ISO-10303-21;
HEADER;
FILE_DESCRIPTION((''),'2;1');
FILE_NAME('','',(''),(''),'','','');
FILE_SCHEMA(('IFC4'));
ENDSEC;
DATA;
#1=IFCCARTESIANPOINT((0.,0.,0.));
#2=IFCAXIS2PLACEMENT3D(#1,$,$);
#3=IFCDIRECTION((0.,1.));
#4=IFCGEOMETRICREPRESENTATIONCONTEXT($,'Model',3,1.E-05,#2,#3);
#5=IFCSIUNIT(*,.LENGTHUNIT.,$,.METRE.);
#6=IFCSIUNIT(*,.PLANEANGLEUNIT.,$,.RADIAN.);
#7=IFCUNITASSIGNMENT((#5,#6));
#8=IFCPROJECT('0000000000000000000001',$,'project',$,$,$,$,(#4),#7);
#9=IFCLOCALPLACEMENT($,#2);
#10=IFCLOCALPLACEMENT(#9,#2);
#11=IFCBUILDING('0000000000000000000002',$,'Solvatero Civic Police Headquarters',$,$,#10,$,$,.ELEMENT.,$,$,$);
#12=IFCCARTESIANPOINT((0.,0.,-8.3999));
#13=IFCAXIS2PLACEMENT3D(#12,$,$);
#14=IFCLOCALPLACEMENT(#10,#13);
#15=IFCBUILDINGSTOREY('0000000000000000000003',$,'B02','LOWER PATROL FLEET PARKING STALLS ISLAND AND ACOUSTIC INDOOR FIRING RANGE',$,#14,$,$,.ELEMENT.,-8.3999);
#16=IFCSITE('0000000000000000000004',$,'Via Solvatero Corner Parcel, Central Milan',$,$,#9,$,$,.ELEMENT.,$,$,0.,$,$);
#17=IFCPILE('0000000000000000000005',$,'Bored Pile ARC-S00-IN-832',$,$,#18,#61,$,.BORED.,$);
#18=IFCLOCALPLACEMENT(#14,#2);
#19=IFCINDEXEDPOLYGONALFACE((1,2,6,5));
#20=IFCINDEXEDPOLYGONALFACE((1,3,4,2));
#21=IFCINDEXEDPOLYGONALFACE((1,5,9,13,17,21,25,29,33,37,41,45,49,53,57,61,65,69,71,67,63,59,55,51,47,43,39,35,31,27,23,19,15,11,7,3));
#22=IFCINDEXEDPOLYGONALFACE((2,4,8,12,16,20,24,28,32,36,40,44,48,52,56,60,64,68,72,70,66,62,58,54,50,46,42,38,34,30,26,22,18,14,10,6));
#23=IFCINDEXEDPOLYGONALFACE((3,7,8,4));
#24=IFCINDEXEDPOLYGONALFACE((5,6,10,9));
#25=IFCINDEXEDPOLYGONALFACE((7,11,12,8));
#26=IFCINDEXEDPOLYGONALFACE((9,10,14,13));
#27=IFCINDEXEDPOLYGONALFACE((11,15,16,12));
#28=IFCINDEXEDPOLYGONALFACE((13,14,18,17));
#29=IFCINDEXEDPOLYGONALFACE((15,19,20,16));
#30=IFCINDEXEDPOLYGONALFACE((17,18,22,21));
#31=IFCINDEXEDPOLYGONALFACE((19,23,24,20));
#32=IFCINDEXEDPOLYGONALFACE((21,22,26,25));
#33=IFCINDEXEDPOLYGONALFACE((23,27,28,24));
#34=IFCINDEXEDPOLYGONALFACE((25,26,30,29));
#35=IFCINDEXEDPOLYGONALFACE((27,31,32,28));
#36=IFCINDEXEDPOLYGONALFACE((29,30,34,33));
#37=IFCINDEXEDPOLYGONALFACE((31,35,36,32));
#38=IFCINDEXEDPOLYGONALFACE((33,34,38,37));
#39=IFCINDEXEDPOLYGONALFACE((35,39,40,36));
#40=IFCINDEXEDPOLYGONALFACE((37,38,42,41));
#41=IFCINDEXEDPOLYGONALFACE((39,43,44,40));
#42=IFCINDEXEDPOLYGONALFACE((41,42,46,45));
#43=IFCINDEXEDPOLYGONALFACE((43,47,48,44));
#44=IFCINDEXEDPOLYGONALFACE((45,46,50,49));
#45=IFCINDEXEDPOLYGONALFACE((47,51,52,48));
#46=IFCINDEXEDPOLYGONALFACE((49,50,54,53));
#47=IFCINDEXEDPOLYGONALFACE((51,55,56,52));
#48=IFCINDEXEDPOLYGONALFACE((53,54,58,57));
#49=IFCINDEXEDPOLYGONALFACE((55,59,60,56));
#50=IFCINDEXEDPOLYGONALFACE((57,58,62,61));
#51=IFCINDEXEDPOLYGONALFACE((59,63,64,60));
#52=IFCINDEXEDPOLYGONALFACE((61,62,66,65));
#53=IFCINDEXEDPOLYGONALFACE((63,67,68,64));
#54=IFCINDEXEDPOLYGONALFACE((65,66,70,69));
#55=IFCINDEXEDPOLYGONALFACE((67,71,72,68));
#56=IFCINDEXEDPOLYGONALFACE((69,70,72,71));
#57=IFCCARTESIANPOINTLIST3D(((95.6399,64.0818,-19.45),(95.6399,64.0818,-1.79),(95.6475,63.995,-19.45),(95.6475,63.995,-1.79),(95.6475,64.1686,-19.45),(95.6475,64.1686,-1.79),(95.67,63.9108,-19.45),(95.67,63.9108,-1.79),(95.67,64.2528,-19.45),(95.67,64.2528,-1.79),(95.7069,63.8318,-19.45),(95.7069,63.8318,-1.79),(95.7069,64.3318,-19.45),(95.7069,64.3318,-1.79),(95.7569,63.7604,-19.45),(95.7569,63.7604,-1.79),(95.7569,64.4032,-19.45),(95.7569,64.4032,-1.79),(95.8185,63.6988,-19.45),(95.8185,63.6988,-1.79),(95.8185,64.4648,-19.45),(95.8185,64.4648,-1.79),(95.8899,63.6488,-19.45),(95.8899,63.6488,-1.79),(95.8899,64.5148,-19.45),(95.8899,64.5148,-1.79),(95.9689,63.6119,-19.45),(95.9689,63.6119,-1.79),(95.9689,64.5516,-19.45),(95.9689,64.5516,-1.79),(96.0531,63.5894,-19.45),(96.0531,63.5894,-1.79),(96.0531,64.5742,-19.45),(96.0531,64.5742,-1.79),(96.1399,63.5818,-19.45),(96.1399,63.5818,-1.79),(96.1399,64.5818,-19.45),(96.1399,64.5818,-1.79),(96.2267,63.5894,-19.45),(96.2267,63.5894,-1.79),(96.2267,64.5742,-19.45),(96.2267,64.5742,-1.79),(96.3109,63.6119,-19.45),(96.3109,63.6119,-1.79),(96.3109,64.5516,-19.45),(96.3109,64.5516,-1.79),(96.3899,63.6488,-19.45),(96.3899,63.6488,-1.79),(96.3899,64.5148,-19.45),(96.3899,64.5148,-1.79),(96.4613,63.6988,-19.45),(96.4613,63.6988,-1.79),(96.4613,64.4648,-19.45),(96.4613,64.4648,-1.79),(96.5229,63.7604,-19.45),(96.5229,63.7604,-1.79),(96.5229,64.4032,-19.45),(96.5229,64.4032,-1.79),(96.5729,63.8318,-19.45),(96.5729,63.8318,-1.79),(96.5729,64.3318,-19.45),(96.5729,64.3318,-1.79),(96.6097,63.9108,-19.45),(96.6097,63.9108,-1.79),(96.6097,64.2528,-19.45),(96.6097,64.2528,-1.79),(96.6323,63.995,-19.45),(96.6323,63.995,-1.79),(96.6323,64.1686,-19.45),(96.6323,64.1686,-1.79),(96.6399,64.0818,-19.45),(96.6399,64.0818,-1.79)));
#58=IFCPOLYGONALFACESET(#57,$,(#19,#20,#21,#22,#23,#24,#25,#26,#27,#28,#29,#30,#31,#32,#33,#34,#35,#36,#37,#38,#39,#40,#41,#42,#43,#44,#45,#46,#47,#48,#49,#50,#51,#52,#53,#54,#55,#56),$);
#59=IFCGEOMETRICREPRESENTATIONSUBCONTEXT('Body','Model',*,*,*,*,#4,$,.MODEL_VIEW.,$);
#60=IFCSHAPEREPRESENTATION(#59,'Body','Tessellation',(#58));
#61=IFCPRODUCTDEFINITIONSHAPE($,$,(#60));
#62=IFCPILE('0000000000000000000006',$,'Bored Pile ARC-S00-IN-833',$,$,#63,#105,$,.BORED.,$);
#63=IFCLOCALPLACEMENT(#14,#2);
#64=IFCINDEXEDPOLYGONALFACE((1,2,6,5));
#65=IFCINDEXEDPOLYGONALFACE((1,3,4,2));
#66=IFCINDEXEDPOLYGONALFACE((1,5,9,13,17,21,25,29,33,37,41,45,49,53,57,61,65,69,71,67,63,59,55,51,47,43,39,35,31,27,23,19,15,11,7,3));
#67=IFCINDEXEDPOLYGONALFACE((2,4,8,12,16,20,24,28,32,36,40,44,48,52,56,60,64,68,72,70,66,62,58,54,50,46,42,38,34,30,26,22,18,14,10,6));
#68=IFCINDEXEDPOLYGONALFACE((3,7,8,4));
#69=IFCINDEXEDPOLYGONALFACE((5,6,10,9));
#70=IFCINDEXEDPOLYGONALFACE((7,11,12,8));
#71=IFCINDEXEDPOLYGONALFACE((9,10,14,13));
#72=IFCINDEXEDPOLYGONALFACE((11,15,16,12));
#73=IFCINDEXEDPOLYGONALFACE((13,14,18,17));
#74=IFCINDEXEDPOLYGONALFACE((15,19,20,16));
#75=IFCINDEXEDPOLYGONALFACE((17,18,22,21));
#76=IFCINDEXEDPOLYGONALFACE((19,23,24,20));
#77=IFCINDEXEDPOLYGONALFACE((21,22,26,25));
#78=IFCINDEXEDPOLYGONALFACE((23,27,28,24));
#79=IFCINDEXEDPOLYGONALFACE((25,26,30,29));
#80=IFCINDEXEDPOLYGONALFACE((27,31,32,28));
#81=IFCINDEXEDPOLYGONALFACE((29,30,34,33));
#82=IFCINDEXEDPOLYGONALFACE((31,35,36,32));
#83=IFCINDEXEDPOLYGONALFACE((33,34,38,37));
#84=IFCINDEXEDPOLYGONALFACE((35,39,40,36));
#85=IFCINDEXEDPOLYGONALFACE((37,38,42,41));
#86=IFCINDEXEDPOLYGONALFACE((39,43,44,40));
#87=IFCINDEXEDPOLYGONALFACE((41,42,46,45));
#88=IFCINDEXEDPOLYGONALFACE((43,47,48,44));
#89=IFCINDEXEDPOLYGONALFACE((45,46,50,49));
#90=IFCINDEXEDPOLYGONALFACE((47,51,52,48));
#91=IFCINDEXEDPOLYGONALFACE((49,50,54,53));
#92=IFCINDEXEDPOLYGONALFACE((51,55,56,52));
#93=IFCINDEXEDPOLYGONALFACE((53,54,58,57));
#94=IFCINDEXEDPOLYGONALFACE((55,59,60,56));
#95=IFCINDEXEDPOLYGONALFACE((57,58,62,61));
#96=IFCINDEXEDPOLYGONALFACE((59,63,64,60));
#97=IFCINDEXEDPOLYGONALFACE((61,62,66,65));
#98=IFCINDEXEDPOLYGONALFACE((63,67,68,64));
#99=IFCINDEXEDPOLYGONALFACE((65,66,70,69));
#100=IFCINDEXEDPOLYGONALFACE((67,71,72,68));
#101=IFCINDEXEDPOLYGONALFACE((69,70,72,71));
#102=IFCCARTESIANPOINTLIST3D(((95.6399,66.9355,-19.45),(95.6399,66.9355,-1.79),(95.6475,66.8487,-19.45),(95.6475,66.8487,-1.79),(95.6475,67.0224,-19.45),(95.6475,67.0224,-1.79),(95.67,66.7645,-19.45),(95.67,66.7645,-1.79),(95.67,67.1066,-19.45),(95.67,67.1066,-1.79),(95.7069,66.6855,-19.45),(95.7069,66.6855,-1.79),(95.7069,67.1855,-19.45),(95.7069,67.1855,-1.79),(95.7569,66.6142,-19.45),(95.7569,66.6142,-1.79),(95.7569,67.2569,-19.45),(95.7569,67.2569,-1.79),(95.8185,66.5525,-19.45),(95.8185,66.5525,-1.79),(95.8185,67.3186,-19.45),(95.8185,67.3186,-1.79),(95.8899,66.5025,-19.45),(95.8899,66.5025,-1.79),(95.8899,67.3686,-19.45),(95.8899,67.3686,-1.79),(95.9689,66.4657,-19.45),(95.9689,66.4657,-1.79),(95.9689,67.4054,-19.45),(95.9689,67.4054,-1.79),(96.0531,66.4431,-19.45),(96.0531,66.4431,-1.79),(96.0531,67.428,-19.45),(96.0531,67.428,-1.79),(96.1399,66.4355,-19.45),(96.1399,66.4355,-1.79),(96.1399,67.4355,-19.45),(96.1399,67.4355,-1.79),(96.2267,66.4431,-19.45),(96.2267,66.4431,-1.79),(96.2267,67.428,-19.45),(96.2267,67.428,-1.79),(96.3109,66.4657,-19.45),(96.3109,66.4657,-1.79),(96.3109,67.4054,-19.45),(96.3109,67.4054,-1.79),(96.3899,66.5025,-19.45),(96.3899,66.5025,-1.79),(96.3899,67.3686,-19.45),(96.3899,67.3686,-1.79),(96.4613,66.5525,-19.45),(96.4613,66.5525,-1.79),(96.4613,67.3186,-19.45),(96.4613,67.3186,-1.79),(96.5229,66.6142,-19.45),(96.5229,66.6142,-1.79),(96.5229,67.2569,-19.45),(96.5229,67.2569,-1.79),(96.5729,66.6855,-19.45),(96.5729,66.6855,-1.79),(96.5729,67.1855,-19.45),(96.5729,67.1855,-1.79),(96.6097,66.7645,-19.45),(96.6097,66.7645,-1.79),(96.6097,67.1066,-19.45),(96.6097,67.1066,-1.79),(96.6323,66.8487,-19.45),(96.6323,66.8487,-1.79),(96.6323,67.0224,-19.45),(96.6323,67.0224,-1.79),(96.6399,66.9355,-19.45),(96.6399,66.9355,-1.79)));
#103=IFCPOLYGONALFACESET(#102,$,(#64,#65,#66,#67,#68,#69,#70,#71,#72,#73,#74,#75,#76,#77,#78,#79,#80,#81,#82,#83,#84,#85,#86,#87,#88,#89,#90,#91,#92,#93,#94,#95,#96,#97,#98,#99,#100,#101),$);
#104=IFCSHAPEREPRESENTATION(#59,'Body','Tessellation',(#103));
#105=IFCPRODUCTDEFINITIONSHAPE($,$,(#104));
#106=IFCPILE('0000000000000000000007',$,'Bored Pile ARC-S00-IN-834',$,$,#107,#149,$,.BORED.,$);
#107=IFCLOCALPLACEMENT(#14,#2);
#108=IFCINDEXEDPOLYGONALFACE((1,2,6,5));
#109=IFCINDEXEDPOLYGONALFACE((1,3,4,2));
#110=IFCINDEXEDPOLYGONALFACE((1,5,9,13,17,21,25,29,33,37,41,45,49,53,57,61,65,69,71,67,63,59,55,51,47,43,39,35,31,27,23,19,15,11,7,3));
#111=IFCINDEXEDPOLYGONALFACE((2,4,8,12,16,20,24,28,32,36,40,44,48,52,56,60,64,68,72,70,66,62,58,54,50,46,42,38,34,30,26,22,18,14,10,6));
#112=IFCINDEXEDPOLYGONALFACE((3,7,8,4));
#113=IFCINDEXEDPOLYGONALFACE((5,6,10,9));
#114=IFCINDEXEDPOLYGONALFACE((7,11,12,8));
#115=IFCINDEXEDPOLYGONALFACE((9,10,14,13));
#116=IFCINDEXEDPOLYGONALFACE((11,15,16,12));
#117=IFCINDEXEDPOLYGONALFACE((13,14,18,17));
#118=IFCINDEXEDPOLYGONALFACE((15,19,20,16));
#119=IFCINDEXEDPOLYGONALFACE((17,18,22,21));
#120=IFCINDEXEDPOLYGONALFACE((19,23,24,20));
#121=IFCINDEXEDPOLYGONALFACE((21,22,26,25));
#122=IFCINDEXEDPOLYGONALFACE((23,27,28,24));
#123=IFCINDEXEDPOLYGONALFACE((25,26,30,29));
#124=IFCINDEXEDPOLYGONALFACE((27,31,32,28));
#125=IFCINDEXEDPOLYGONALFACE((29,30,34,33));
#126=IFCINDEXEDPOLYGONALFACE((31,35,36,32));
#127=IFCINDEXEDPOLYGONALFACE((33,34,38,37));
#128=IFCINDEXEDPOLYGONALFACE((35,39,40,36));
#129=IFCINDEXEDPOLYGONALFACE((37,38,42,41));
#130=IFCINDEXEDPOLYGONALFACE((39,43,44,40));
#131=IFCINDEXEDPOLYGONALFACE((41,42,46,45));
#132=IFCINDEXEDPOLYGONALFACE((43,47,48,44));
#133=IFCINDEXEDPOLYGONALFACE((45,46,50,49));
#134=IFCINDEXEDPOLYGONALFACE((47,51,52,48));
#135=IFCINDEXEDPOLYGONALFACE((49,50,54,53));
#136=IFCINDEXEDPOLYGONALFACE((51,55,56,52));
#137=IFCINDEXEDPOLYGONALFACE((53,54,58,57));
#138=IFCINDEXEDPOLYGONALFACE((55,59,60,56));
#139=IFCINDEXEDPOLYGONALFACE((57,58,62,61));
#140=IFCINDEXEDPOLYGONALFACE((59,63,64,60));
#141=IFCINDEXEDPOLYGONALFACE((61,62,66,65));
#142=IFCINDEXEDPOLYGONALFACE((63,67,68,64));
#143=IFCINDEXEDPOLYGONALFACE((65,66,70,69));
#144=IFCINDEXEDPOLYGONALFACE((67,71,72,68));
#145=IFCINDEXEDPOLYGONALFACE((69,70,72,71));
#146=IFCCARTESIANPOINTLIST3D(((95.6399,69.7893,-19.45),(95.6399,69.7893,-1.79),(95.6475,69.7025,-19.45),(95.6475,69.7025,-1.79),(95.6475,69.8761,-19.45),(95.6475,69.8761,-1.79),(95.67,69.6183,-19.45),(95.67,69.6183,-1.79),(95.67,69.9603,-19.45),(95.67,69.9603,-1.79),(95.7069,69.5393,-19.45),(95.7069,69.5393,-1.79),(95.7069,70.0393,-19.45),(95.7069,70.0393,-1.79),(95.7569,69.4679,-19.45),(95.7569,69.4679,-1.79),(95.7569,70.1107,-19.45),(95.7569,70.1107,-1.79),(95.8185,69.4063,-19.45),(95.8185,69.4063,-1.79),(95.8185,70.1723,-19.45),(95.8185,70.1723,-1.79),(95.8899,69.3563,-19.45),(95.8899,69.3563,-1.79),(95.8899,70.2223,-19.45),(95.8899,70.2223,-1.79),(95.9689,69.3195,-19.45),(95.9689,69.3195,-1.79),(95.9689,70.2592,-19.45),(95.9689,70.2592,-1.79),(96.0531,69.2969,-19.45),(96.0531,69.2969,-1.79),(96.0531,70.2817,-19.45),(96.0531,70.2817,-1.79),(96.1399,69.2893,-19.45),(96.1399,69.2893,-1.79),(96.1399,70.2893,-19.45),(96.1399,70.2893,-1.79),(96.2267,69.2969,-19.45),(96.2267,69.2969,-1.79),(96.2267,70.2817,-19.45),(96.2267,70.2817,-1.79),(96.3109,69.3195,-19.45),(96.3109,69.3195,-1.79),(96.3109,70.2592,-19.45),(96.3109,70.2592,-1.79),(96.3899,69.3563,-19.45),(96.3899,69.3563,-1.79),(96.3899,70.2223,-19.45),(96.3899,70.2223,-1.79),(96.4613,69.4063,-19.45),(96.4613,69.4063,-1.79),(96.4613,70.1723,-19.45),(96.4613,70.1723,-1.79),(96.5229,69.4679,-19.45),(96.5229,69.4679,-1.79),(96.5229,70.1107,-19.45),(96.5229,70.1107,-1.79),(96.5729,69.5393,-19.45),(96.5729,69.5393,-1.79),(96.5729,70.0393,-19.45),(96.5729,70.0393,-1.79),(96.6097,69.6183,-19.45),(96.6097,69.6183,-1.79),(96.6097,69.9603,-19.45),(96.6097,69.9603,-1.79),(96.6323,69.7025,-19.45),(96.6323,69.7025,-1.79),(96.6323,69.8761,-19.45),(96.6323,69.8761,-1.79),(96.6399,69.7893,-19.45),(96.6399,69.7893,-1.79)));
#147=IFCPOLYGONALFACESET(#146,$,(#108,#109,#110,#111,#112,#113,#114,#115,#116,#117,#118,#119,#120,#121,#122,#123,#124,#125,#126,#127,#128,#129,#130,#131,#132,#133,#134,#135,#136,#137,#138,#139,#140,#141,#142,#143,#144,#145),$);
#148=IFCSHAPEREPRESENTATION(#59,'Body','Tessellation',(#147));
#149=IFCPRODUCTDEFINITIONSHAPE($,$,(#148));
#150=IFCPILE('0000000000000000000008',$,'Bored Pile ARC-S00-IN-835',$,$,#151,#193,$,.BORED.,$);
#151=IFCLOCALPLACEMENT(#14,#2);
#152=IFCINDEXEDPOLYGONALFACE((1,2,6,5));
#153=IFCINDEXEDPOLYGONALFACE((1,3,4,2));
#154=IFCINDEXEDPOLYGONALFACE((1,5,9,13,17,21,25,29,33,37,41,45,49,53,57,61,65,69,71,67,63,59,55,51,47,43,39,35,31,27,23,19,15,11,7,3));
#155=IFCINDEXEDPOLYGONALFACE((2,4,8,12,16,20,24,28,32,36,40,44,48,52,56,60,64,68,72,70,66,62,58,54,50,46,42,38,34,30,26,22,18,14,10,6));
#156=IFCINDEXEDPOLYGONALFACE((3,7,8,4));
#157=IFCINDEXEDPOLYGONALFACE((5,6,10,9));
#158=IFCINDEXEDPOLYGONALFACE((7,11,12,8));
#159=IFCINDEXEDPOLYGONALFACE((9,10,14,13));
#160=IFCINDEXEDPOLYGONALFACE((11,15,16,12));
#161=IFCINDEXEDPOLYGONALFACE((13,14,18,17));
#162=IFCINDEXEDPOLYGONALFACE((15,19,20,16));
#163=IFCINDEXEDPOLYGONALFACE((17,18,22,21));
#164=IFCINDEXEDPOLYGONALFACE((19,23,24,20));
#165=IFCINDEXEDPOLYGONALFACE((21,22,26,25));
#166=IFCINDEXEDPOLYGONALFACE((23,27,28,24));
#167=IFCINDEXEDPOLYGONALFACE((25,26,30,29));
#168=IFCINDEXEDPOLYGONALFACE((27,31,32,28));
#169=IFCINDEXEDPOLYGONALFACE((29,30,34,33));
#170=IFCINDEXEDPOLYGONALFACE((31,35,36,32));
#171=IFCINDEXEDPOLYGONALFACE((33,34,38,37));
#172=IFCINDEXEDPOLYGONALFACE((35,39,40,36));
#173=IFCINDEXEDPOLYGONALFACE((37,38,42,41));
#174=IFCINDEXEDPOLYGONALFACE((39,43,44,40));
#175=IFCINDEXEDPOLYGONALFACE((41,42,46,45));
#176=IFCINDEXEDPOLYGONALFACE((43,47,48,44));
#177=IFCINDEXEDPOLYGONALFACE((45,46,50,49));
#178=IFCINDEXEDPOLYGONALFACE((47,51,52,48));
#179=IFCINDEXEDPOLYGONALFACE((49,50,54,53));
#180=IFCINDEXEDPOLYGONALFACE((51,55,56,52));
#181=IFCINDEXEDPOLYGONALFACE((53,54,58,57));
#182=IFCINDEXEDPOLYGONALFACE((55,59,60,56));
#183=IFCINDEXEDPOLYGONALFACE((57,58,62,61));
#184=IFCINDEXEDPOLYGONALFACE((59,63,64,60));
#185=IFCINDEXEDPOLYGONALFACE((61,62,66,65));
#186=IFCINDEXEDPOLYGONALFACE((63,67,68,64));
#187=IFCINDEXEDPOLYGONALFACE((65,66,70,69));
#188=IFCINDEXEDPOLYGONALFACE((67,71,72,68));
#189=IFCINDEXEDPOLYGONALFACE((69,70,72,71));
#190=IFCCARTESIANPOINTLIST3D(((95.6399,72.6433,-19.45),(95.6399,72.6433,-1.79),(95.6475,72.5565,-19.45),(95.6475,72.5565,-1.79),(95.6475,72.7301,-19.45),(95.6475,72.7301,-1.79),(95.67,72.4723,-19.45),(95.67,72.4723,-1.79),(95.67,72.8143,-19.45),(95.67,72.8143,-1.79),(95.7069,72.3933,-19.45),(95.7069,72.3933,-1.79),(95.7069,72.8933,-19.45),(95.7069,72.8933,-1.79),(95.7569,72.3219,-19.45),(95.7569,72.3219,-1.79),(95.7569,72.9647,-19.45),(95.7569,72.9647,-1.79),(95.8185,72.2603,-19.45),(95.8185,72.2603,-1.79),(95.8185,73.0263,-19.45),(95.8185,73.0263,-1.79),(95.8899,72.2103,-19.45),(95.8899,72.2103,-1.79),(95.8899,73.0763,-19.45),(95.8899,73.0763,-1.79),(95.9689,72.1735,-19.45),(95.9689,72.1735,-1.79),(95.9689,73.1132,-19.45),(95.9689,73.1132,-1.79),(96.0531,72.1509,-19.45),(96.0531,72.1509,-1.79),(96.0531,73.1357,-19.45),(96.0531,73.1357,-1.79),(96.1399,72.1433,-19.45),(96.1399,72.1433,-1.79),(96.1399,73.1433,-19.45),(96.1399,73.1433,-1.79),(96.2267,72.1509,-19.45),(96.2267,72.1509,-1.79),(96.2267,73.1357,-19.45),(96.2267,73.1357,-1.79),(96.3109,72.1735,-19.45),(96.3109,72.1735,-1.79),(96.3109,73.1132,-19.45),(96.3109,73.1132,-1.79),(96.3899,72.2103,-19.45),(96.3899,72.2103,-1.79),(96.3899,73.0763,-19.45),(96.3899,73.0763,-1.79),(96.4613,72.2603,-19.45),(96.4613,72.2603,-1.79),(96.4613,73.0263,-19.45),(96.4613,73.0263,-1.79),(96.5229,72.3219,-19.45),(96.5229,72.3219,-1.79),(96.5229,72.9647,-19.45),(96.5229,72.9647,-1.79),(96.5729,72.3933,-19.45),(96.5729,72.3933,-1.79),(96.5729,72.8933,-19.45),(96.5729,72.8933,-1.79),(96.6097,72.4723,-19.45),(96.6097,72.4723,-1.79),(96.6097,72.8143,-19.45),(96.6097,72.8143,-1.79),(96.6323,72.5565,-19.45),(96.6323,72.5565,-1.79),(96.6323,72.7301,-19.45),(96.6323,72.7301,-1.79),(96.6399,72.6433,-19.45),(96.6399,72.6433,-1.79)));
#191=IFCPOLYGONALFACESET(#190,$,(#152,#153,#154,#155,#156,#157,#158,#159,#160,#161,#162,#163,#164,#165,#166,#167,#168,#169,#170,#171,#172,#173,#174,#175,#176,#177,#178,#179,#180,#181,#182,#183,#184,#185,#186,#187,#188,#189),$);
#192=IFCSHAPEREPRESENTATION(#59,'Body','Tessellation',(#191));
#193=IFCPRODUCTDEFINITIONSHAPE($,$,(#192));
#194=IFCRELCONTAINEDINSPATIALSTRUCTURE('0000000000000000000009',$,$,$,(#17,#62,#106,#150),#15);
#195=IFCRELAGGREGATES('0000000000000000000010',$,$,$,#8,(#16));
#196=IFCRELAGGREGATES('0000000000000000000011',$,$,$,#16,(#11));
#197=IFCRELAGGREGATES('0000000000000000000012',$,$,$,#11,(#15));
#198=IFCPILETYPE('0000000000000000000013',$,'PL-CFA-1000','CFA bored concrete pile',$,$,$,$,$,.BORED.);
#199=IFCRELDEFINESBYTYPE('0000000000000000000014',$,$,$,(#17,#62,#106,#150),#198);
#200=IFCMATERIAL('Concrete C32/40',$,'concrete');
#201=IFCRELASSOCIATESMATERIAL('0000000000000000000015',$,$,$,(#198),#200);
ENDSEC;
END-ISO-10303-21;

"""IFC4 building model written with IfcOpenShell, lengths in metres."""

from ifc_helpers import new_model, si_unit, direction, frame, origin, origin_2d, place, context, subcontext, project, spatial, circle, extrude, material, material_profile, profile_set, type_object, element, save


model = new_model("IFC4")

# Units and contexts
model_context = context("Model", 3, precision=1e-05, world=origin(), true_north=direction((0.0, 1.0)))
body_context = subcontext(model_context, "Body", "Model", "MODEL_VIEW")
ifc_project = project(units=[si_unit("LENGTHUNIT", "METRE"), si_unit("PLANEANGLEUNIT", "RADIAN")], contexts=[model_context])

# Site, building, storey
site_placement = place(None, origin())
site = spatial("IfcSite", under=ifc_project, at=site_placement, Name="Via Solvatero Corner Parcel, Central Milan", CompositionType="ELEMENT", RefElevation=0.0)
building_placement = place(site_placement, origin())
building = spatial("IfcBuilding", under=site, at=building_placement, Name="Solvatero Civic Police Headquarters", CompositionType="ELEMENT")
storey_placement = place(building_placement, frame((0.0, 0.0, -8.3999)))
storey = spatial("IfcBuildingStorey", under=building, at=storey_placement, Name="B02", Description="LOWER PATROL FLEET PARKING STALLS ISLAND AND ACOUSTIC INDOOR FIRING RANGE", CompositionType="ELEMENT", Elevation=-8.3999)

# Piles
ifc_material_1 = material(Name="Concrete C32/40", Category="concrete")
ifc_material_profile_1 = material_profile(ifc_material_1, circle(Radius=0.5, at=origin_2d()), Name="CFA PILE D1000")
ifc_profile_set_1 = profile_set([ifc_material_profile_1], Name="Concrete C32/40")
pile_type = type_object("IfcPileType", Name="PL-CFA-1000", Description="CFA bored concrete pile", PredefinedType="BORED", material=ifc_profile_set_1)
for number, where, z_axis, x_axis, name in (
    (1, (96.1399, 64.0818, -1.79), (0.0, 0.0, -1.0), (1.0, 0.0, 0.0), "Bored Pile ARC-S00-IN-832"),
    (2, (96.1399, 66.9355, -1.79), (0.0, 0.0, -1.0), (1.0, 0.0, 0.0), "Bored Pile ARC-S00-IN-833"),
    (3, (96.1399, 69.7893, -1.79), (0.0, 0.0, -1.0), (1.0, 0.0, 0.0), "Bored Pile ARC-S00-IN-834"),
    (4, (96.1399, 72.6433, -1.79), (0.0, 0.0, -1.0), (1.0, 0.0, 0.0), "Bored Pile ARC-S00-IN-835"),
):
    element("IfcPile", number, at=place(storey_placement, frame(where, z_axis=z_axis, x_axis=x_axis)), inside=storey, type_object=pile_type, Name=name, PredefinedType="BORED", context=body_context, shape_type="SweptSolid", body=[
        extrude(circle(Radius=0.5, at=origin_2d()), origin(), (0.0, 0.0, 1.0), 17.6599),
    ])

save(model, "model.ifc")
